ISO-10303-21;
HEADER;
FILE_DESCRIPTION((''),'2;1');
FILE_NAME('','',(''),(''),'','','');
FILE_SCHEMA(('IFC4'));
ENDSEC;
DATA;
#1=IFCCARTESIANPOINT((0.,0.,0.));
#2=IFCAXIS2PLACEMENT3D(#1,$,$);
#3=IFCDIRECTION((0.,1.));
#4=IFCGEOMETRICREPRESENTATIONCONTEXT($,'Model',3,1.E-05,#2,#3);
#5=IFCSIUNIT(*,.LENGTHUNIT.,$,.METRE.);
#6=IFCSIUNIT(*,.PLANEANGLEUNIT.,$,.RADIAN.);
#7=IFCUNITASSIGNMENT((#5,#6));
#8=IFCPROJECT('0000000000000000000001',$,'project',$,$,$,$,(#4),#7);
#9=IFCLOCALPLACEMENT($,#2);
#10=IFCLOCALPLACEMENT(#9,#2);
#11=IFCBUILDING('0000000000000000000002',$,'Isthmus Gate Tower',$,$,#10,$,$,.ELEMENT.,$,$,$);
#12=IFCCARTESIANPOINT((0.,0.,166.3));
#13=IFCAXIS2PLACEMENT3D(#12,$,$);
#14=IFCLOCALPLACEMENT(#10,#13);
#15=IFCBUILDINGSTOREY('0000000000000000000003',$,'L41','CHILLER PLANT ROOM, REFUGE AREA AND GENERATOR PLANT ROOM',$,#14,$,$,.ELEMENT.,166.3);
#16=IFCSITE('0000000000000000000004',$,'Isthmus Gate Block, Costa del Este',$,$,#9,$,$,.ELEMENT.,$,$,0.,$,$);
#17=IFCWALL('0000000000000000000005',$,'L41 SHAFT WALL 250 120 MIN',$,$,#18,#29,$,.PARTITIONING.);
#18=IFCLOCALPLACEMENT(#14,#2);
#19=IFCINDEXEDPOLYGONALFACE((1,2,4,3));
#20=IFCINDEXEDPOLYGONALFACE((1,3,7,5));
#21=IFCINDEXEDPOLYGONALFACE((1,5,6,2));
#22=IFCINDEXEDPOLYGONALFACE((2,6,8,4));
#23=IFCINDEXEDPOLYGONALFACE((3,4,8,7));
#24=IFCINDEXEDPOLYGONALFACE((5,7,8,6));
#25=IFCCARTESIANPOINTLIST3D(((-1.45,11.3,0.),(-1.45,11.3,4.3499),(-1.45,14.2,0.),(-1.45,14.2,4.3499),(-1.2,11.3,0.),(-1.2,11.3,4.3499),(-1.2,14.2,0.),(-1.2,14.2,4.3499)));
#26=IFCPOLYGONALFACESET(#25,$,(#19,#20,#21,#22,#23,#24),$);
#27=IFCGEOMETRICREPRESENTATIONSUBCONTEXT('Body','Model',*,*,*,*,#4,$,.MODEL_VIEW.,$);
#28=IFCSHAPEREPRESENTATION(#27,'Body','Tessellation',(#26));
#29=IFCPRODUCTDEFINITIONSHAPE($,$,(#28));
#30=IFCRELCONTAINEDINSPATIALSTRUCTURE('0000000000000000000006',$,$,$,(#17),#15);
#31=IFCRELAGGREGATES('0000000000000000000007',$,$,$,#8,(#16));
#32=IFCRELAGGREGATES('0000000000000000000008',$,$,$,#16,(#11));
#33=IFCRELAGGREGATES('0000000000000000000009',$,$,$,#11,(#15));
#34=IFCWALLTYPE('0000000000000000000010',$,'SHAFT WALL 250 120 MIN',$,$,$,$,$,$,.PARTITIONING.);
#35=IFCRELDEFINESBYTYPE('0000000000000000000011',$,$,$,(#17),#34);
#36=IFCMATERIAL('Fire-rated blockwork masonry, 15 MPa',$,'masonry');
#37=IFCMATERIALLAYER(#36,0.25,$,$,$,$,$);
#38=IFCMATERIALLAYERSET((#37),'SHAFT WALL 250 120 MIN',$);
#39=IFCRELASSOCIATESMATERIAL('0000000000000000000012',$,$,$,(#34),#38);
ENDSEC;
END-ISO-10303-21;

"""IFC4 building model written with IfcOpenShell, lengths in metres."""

from ifc_helpers import new_model, si_unit, direction, frame, frame_2d, origin, place, context, subcontext, project, spatial, rectangle, extrude, material, layer, layer_set, type_object, element, save


model = new_model("IFC4")

# Units and contexts
model_context = context("Model", 3, precision=1e-05, world=origin(), true_north=direction((0.0, 1.0)))
body_context = subcontext(model_context, "Body", "Model", "MODEL_VIEW")
ifc_project = project(units=[si_unit("LENGTHUNIT", "METRE"), si_unit("PLANEANGLEUNIT", "RADIAN")], contexts=[model_context])

# Site, building, storey
site_placement = place(None, origin())
site = spatial("IfcSite", under=ifc_project, at=site_placement, Name="Isthmus Gate Block, Costa del Este", CompositionType="ELEMENT", RefElevation=0.0)
building_placement = place(site_placement, origin())
building = spatial("IfcBuilding", under=site, at=building_placement, Name="Isthmus Gate Tower", CompositionType="ELEMENT")
storey_placement = place(building_placement, frame((0.0, 0.0, 166.3)))
storey = spatial("IfcBuildingStorey", under=building, at=storey_placement, Name="L41", Description="CHILLER PLANT ROOM, REFUGE AREA AND GENERATOR PLANT ROOM", CompositionType="ELEMENT", Elevation=166.3)

# Wall
ifc_material_1 = material(Name="Fire-rated blockwork masonry, 15 MPa", Category="masonry")
ifc_layer_1 = layer(ifc_material_1, 0.25)
ifc_layer_set_1 = layer_set([ifc_layer_1], Name="SHAFT WALL 250 120 MIN")
wall_type_1 = type_object("IfcWallType", Name="SHAFT WALL 250 120 MIN", PredefinedType="PARTITIONING", material=ifc_layer_set_1)
for number, where, z_axis, x_axis, name in (
    (1, (-1.325, 11.3, 0.0), (0.0, 0.0, 1.0), (0.0, 1.0, 0.0), "L41 SHAFT WALL 250 120 MIN"),
):
    element("IfcWall", number, at=place(storey_placement, frame(where, z_axis=z_axis, x_axis=x_axis)), inside=storey, type_object=wall_type_1, Name=name, PredefinedType="PARTITIONING", context=body_context, shape_type="SweptSolid", body=[
        extrude(rectangle(XDim=2.8999, YDim=0.25, at=frame_2d((1.45, 0.0))), origin(), (0.0, 0.0, 1.0), 4.3499),
    ])

save(model, "model.ifc")
